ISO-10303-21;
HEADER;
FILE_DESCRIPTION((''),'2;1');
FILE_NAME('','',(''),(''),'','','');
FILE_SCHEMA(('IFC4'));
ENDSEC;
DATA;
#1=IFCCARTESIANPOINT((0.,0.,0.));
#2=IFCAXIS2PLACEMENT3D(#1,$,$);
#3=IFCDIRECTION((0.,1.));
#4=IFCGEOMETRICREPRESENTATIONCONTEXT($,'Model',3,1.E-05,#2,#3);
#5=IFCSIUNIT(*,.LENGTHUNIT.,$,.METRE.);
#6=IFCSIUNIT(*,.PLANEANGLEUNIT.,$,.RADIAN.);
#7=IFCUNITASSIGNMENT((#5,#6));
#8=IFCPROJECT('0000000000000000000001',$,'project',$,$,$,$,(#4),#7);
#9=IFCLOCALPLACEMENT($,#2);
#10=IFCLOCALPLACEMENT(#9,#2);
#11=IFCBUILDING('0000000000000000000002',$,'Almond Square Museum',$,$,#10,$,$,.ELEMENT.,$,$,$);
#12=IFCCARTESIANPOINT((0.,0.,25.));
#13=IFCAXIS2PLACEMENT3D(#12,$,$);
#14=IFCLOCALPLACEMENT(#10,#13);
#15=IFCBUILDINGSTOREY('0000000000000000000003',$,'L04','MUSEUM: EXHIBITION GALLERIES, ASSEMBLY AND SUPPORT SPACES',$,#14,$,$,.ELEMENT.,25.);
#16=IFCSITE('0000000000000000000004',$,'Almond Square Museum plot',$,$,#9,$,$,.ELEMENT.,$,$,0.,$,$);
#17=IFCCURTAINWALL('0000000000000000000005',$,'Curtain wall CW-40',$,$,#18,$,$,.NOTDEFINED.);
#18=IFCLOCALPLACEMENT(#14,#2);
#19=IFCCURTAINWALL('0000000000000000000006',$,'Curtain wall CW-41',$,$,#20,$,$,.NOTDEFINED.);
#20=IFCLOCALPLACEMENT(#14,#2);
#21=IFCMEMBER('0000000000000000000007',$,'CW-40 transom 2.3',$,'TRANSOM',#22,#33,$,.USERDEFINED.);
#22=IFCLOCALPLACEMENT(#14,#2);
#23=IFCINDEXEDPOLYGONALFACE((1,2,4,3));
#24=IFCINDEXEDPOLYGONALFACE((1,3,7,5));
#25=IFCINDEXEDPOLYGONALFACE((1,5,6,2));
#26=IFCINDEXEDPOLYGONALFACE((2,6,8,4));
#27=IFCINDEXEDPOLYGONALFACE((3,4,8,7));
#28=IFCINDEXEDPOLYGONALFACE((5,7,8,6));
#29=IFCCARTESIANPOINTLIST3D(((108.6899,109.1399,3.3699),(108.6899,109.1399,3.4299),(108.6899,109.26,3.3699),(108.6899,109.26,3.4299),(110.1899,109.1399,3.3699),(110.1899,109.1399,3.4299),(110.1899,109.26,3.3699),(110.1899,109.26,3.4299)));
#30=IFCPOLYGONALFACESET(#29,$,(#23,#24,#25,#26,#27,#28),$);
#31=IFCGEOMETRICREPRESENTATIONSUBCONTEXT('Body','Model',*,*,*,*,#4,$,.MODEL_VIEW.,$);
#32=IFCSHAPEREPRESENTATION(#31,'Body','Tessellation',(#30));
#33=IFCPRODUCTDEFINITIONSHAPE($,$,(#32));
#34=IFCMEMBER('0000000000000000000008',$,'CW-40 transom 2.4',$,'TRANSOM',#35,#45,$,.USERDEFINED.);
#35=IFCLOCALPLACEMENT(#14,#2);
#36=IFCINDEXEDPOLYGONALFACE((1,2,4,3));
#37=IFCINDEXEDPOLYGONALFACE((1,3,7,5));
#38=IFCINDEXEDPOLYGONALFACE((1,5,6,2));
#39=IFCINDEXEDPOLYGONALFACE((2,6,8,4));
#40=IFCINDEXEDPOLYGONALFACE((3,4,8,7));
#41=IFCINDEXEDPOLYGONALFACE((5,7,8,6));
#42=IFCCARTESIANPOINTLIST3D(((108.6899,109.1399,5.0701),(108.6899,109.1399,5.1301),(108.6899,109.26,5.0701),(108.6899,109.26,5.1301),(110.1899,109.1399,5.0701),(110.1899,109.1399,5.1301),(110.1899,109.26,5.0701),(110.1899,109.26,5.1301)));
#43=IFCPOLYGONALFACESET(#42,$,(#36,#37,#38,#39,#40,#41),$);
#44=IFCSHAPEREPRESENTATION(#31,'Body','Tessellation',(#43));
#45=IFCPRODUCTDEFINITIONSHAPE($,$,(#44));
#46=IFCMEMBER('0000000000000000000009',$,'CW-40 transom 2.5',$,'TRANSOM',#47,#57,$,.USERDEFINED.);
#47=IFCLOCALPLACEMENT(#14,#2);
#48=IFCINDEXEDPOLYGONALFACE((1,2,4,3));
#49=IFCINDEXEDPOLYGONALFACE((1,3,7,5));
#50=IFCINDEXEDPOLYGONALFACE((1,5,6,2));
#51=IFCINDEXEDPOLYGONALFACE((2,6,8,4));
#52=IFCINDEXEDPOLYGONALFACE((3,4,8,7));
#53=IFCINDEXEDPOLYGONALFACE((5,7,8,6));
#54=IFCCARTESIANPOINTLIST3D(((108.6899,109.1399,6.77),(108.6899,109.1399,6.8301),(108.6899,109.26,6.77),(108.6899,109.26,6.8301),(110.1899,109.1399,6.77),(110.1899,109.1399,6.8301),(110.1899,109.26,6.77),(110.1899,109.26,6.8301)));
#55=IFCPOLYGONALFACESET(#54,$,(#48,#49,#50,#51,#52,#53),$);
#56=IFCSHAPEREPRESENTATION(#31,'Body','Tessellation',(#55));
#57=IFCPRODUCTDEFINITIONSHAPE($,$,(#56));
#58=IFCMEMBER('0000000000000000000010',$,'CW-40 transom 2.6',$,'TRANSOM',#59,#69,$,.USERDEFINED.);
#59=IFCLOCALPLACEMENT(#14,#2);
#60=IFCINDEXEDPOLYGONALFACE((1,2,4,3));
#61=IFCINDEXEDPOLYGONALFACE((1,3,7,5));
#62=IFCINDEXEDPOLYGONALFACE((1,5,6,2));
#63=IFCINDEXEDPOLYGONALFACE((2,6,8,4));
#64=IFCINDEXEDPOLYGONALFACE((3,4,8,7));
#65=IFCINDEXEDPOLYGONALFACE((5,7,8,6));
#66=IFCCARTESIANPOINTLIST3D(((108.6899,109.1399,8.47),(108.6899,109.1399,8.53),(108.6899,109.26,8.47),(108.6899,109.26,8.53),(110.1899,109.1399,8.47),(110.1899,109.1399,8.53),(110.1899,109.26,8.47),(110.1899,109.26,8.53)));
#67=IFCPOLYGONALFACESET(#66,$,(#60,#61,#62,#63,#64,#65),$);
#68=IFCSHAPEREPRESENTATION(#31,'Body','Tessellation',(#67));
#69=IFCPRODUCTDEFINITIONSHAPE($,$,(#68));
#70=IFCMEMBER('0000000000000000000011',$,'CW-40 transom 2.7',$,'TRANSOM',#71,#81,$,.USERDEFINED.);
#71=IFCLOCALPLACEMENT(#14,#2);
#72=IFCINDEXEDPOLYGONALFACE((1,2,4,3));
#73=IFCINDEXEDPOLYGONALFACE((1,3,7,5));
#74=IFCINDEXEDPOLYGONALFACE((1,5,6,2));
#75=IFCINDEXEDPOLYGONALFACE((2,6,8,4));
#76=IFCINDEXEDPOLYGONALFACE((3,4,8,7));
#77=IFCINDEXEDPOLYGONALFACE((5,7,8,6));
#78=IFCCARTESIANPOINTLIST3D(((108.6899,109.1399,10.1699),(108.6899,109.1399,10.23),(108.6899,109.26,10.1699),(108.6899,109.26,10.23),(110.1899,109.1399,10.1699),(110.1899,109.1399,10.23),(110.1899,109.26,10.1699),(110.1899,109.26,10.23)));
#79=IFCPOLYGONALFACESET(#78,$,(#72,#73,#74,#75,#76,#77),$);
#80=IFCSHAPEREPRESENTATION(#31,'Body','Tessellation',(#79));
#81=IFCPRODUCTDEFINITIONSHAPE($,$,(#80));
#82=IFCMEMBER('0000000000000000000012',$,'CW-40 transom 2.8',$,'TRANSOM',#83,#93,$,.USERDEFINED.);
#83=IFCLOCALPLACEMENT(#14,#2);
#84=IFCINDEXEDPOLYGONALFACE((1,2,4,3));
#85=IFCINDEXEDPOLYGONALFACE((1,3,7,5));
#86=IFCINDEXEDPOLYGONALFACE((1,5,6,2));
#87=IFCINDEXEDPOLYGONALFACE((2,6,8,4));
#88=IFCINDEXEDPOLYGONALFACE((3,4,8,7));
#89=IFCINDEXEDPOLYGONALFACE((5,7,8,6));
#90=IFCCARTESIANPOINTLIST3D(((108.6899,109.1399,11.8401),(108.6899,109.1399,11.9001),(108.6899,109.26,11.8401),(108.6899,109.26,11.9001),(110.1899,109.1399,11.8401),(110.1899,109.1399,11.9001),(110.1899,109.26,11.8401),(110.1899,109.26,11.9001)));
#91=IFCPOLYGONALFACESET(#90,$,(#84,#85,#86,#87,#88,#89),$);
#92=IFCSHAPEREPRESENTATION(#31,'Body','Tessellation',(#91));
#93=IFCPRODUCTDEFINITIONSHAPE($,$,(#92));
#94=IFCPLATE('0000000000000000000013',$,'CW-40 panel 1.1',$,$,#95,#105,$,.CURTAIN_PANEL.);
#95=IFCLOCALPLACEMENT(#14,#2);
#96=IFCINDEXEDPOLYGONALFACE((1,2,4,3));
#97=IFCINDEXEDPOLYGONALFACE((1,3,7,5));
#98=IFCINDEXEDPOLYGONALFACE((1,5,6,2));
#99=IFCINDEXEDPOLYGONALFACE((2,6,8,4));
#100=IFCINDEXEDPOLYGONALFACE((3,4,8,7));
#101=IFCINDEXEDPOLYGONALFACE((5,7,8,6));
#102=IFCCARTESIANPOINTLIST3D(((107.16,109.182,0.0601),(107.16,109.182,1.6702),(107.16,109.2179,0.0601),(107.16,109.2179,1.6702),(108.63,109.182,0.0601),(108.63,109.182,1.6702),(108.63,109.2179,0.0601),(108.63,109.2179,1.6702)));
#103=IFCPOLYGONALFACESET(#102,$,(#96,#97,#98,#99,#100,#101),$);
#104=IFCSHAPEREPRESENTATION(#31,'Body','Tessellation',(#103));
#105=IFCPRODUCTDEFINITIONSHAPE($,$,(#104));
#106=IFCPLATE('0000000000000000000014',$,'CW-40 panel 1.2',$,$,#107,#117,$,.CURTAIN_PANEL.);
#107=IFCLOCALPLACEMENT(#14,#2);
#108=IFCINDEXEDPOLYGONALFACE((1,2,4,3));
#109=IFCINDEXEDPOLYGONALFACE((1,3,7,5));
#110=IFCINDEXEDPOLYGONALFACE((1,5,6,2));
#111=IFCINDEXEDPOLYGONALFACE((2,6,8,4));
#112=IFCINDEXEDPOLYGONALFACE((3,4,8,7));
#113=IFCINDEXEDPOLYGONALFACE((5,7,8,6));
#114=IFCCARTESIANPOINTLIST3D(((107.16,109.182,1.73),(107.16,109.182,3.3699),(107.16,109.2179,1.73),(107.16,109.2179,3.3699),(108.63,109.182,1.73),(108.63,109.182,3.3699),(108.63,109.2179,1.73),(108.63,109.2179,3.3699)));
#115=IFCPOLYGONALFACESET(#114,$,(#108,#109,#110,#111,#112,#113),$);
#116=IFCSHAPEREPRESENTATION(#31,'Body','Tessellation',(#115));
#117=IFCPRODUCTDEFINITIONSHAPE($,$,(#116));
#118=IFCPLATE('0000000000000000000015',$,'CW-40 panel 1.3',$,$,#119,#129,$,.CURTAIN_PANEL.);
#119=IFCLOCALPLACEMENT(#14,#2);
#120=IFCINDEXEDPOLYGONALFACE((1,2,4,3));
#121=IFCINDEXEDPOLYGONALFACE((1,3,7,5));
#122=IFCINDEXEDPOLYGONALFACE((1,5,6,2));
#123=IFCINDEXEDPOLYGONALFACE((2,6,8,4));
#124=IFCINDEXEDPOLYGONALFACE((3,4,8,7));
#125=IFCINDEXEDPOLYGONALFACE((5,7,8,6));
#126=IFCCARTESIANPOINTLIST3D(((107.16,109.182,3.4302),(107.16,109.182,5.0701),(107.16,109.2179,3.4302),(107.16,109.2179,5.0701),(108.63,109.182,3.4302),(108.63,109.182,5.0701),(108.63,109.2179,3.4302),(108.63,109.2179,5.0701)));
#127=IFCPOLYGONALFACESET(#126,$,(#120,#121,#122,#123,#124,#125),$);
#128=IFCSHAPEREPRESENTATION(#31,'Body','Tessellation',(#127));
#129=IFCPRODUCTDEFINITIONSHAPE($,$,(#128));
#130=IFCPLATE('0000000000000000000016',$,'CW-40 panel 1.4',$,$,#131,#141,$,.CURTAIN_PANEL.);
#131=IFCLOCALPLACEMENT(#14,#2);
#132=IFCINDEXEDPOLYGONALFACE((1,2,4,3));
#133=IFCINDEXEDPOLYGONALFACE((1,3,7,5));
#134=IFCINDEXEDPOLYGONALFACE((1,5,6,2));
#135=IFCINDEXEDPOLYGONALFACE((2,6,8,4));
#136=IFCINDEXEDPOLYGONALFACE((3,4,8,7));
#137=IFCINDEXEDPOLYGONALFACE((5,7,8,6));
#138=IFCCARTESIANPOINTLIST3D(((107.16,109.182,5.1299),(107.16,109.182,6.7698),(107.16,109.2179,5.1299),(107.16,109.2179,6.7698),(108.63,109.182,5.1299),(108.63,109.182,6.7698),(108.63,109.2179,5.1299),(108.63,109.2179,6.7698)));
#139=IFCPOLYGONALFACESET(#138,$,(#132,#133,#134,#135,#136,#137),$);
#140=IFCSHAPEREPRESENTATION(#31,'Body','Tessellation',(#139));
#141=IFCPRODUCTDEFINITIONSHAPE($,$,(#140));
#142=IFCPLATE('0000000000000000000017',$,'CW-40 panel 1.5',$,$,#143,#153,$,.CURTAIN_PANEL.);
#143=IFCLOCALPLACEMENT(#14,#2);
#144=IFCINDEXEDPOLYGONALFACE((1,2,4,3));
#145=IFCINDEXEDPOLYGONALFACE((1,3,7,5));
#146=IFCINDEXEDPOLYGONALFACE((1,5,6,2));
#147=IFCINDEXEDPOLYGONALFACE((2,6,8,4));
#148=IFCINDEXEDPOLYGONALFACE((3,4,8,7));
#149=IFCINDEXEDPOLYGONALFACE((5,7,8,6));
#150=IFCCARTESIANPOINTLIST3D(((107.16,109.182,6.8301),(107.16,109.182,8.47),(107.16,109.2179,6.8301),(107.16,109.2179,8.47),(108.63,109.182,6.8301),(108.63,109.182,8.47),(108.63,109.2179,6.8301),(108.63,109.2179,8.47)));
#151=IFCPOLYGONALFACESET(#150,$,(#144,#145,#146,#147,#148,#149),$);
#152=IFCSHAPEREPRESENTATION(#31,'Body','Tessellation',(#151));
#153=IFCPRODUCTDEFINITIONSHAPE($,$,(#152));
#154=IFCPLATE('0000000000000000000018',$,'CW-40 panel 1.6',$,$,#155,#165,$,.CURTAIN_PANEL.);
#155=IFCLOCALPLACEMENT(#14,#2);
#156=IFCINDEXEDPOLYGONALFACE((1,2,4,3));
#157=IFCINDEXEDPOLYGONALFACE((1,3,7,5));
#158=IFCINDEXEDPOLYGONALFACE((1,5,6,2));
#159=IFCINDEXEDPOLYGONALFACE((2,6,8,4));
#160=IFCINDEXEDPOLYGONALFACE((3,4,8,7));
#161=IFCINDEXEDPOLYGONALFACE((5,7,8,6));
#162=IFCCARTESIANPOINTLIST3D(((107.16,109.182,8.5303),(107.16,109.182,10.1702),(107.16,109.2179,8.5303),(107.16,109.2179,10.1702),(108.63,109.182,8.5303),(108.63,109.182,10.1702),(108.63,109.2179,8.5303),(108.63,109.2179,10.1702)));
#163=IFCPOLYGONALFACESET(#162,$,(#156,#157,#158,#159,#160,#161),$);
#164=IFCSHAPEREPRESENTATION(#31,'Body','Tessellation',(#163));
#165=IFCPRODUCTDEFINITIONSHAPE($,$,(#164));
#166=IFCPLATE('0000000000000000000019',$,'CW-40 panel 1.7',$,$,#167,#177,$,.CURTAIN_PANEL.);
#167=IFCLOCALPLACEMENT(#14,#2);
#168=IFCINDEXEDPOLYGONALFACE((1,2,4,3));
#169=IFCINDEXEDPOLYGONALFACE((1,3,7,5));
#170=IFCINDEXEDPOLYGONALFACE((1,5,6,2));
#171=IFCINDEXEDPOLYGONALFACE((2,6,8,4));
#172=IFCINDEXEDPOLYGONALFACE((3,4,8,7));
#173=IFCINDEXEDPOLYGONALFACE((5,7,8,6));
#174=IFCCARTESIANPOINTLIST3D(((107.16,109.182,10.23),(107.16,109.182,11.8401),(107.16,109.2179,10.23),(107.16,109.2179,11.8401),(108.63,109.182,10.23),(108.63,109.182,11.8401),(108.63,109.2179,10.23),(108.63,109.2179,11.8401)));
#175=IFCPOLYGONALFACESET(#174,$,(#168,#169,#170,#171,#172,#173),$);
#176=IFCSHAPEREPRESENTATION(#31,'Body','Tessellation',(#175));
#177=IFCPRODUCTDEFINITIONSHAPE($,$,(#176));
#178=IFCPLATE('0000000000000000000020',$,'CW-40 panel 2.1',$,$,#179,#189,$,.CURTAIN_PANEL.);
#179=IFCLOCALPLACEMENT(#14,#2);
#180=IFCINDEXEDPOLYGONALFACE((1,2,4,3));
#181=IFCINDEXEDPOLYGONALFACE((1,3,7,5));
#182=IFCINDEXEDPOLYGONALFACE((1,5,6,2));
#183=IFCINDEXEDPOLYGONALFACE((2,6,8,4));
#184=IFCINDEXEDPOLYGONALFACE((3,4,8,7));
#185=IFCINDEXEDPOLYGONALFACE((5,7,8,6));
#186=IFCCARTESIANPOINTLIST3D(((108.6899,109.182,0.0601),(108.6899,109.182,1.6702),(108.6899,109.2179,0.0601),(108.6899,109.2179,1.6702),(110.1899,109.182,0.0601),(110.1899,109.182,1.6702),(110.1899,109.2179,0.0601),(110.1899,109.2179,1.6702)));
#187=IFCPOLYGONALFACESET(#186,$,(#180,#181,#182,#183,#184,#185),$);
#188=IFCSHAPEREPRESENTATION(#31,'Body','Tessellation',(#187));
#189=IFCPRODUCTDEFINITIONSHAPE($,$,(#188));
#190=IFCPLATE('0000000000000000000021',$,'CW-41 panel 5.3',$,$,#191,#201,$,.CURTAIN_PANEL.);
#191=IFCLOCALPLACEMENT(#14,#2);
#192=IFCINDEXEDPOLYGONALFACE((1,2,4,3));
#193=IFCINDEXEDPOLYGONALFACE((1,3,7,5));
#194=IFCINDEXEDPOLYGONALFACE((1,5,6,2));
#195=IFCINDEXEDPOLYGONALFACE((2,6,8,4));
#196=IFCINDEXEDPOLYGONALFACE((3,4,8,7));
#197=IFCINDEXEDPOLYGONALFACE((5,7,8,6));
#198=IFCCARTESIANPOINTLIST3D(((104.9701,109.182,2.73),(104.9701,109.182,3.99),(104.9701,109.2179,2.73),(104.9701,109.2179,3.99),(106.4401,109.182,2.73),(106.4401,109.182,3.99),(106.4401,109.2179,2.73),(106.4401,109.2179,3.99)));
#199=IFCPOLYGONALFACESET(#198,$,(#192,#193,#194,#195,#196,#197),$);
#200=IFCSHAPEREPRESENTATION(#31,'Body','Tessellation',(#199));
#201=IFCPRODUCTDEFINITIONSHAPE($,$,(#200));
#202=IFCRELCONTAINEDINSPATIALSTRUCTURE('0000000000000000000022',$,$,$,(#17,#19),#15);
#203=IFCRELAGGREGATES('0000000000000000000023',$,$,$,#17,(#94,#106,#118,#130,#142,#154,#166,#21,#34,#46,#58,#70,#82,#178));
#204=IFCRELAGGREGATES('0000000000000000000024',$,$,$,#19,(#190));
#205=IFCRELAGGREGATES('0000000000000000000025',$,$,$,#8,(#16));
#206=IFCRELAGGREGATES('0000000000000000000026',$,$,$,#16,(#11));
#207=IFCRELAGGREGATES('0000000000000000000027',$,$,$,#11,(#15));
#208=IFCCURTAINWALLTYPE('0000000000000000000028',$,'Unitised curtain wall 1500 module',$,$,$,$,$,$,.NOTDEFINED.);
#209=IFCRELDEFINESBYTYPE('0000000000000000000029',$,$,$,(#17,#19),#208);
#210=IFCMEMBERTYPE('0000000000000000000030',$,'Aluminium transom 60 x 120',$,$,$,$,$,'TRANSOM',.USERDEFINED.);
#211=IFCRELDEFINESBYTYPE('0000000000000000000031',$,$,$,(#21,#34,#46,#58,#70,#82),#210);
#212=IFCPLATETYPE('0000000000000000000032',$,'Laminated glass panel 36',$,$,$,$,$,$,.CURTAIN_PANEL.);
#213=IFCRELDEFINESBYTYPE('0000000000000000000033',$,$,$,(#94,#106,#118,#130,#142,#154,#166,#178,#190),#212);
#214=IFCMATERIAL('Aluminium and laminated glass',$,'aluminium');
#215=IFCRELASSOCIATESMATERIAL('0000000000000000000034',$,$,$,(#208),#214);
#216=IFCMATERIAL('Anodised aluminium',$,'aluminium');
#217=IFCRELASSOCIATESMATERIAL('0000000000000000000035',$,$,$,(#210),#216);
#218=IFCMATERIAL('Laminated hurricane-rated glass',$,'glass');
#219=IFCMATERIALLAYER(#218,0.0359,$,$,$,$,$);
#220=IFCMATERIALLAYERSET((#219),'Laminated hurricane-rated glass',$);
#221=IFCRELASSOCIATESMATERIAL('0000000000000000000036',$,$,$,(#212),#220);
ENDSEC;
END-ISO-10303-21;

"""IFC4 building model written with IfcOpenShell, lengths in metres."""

from ifc_helpers import new_model, si_unit, direction, frame, origin, origin_2d, place, context, subcontext, project, spatial, rectangle, extrude, material, layer, layer_set, material_profile, profile_set, type_object, element, aggregate, save


model = new_model("IFC4")

# Units and contexts
model_context = context("Model", 3, precision=1e-05, world=origin(), true_north=direction((0.0, 1.0)))
body_context = subcontext(model_context, "Body", "Model", "MODEL_VIEW")
ifc_project = project(units=[si_unit("LENGTHUNIT", "METRE"), si_unit("PLANEANGLEUNIT", "RADIAN")], contexts=[model_context])

# Site, building, storey
site_placement = place(None, origin())
site = spatial("IfcSite", under=ifc_project, at=site_placement, Name="Almond Square Museum plot", CompositionType="ELEMENT", RefElevation=0.0)
building_placement = place(site_placement, origin())
building = spatial("IfcBuilding", under=site, at=building_placement, Name="Almond Square Museum", CompositionType="ELEMENT")
storey_placement = place(building_placement, frame((0.0, 0.0, 25.0)))
storey = spatial("IfcBuildingStorey", under=building, at=storey_placement, Name="L04", Description="MUSEUM: EXHIBITION GALLERIES, ASSEMBLY AND SUPPORT SPACES", CompositionType="ELEMENT", Elevation=25.0)

# Curtain wall
ifc_material_1 = material(Name="Aluminium and laminated glass", Category="aluminium")
curtain_wall_type = type_object("IfcCurtainWallType", Name="Unitised curtain wall 1500 module", PredefinedType="NOTDEFINED", material=ifc_material_1)
curtain_wall_1_placement = place(storey_placement, origin())
curtain_wall_1 = element("IfcCurtainWall", 1, at=curtain_wall_1_placement, inside=storey, type_object=curtain_wall_type, Name="Curtain wall CW-40", PredefinedType="NOTDEFINED")

# Curtain wall
curtain_wall_2_placement = place(storey_placement, origin())
curtain_wall_2 = element("IfcCurtainWall", 2, at=curtain_wall_2_placement, inside=storey, type_object=curtain_wall_type, Name="Curtain wall CW-41", PredefinedType="NOTDEFINED")

# Members
ifc_material_2 = material(Name="Anodised aluminium", Category="aluminium")
ifc_material_profile_1 = material_profile(ifc_material_2, rectangle(XDim=0.1201, YDim=0.0601, at=origin_2d()))
ifc_profile_set_1 = profile_set([ifc_material_profile_1], Name="Anodised aluminium")
member_type_1 = type_object("IfcMemberType", Name="Aluminium transom 60 x 120", ElementType="TRANSOM", PredefinedType="USERDEFINED", material=ifc_profile_set_1)
member_1_placement = place(storey_placement, frame((108.6899, 109.2, 3.3999), z_axis=(1.0, 0.0, 0.0), x_axis=(0.0, 1.0, 0.0)))
member_1 = element("IfcMember", 3, at=member_1_placement, type_object=member_type_1, Name="CW-40 transom 2.3", ObjectType="TRANSOM", PredefinedType="USERDEFINED", context=body_context, shape_type="SweptSolid", body=[
    extrude(rectangle(XDim=0.1201, YDim=0.0601, at=origin_2d()), origin(), (0.0, 0.0, 1.0), 1.5),
])
member_2_placement = place(storey_placement, frame((108.6899, 109.2, 5.1001), z_axis=(1.0, 0.0, 0.0), x_axis=(0.0, 1.0, 0.0)))
member_2 = element("IfcMember", 4, at=member_2_placement, type_object=member_type_1, Name="CW-40 transom 2.4", ObjectType="TRANSOM", PredefinedType="USERDEFINED", context=body_context, shape_type="SweptSolid", body=[
    extrude(rectangle(XDim=0.1201, YDim=0.0601, at=origin_2d()), origin(), (0.0, 0.0, 1.0), 1.5),
])
member_3_placement = place(storey_placement, frame((108.6899, 109.2, 6.8), z_axis=(1.0, 0.0, 0.0), x_axis=(0.0, 1.0, 0.0)))
member_3 = element("IfcMember", 5, at=member_3_placement, type_object=member_type_1, Name="CW-40 transom 2.5", ObjectType="TRANSOM", PredefinedType="USERDEFINED", context=body_context, shape_type="SweptSolid", body=[
    extrude(rectangle(XDim=0.1201, YDim=0.0601, at=origin_2d()), origin(), (0.0, 0.0, 1.0), 1.5),
])
member_4_placement = place(storey_placement, frame((108.6899, 109.2, 8.5), z_axis=(1.0, 0.0, 0.0), x_axis=(0.0, 1.0, 0.0)))
member_4 = element("IfcMember", 6, at=member_4_placement, type_object=member_type_1, Name="CW-40 transom 2.6", ObjectType="TRANSOM", PredefinedType="USERDEFINED", context=body_context, shape_type="SweptSolid", body=[
    extrude(rectangle(XDim=0.1201, YDim=0.0601, at=origin_2d()), origin(), (0.0, 0.0, 1.0), 1.5),
])
member_5_placement = place(storey_placement, frame((108.6899, 109.2, 10.2), z_axis=(1.0, 0.0, 0.0), x_axis=(0.0, 1.0, 0.0)))
member_5 = element("IfcMember", 7, at=member_5_placement, type_object=member_type_1, Name="CW-40 transom 2.7", ObjectType="TRANSOM", PredefinedType="USERDEFINED", context=body_context, shape_type="SweptSolid", body=[
    extrude(rectangle(XDim=0.1201, YDim=0.0601, at=origin_2d()), origin(), (0.0, 0.0, 1.0), 1.5),
])
member_6_placement = place(storey_placement, frame((108.6899, 109.2, 11.8701), z_axis=(1.0, 0.0, 0.0), x_axis=(0.0, 1.0, 0.0)))
member_6 = element("IfcMember", 8, at=member_6_placement, type_object=member_type_1, Name="CW-40 transom 2.8", ObjectType="TRANSOM", PredefinedType="USERDEFINED", context=body_context, shape_type="SweptSolid", body=[
    extrude(rectangle(XDim=0.1201, YDim=0.0601, at=origin_2d()), origin(), (0.0, 0.0, 1.0), 1.5),
])

# Plates
ifc_material_3 = material(Name="Laminated hurricane-rated glass", Category="glass")
ifc_layer_1 = layer(ifc_material_3, 0.0359)
ifc_layer_set_1 = layer_set([ifc_layer_1], Name="Laminated hurricane-rated glass")
plate_type = type_object("IfcPlateType", Name="Laminated glass panel 36", PredefinedType="CURTAIN_PANEL", material=ifc_layer_set_1)
plate_1_placement = place(storey_placement, frame((107.895, 109.2, 0.0601), z_axis=(0.0, 0.0, 1.0), x_axis=(1.0, 0.0, 0.0)))
plate_1 = element("IfcPlate", 9, at=plate_1_placement, type_object=plate_type, Name="CW-40 panel 1.1", PredefinedType="CURTAIN_PANEL", context=body_context, shape_type="SweptSolid", body=[
    extrude(rectangle(XDim=1.47, YDim=0.0359, at=origin_2d()), origin(), (0.0, 0.0, 1.0), 1.6101),
])
plate_2_placement = place(storey_placement, frame((107.895, 109.2, 1.73), z_axis=(0.0, 0.0, 1.0), x_axis=(1.0, 0.0, 0.0)))
plate_2 = element("IfcPlate", 10, at=plate_2_placement, type_object=plate_type, Name="CW-40 panel 1.2", PredefinedType="CURTAIN_PANEL", context=body_context, shape_type="SweptSolid", body=[
    extrude(rectangle(XDim=1.47, YDim=0.0359, at=origin_2d()), origin(), (0.0, 0.0, 1.0), 1.6399),
])
plate_3_placement = place(storey_placement, frame((107.895, 109.2, 3.4302), z_axis=(0.0, 0.0, 1.0), x_axis=(1.0, 0.0, 0.0)))
plate_3 = element("IfcPlate", 11, at=plate_3_placement, type_object=plate_type, Name="CW-40 panel 1.3", PredefinedType="CURTAIN_PANEL", context=body_context, shape_type="SweptSolid", body=[
    extrude(rectangle(XDim=1.47, YDim=0.0359, at=origin_2d()), origin(), (0.0, 0.0, 1.0), 1.6399),
])
plate_4_placement = place(storey_placement, frame((107.895, 109.2, 5.1299), z_axis=(0.0, 0.0, 1.0), x_axis=(1.0, 0.0, 0.0)))
plate_4 = element("IfcPlate", 12, at=plate_4_placement, type_object=plate_type, Name="CW-40 panel 1.4", PredefinedType="CURTAIN_PANEL", context=body_context, shape_type="SweptSolid", body=[
    extrude(rectangle(XDim=1.47, YDim=0.0359, at=origin_2d()), origin(), (0.0, 0.0, 1.0), 1.6399),
])
plate_5_placement = place(storey_placement, frame((107.895, 109.2, 6.8301), z_axis=(0.0, 0.0, 1.0), x_axis=(1.0, 0.0, 0.0)))
plate_5 = element("IfcPlate", 13, at=plate_5_placement, type_object=plate_type, Name="CW-40 panel 1.5", PredefinedType="CURTAIN_PANEL", context=body_context, shape_type="SweptSolid", body=[
    extrude(rectangle(XDim=1.47, YDim=0.0359, at=origin_2d()), origin(), (0.0, 0.0, 1.0), 1.6399),
])
plate_6_placement = place(storey_placement, frame((107.895, 109.2, 8.5303), z_axis=(0.0, 0.0, 1.0), x_axis=(1.0, 0.0, 0.0)))
plate_6 = element("IfcPlate", 14, at=plate_6_placement, type_object=plate_type, Name="CW-40 panel 1.6", PredefinedType="CURTAIN_PANEL", context=body_context, shape_type="SweptSolid", body=[
    extrude(rectangle(XDim=1.47, YDim=0.0359, at=origin_2d()), origin(), (0.0, 0.0, 1.0), 1.6399),
])
plate_7_placement = place(storey_placement, frame((107.895, 109.2, 10.23), z_axis=(0.0, 0.0, 1.0), x_axis=(1.0, 0.0, 0.0)))
plate_7 = element("IfcPlate", 15, at=plate_7_placement, type_object=plate_type, Name="CW-40 panel 1.7", PredefinedType="CURTAIN_PANEL", context=body_context, shape_type="SweptSolid", body=[
    extrude(rectangle(XDim=1.47, YDim=0.0359, at=origin_2d()), origin(), (0.0, 0.0, 1.0), 1.6101),
])
plate_8_placement = place(storey_placement, frame((109.4399, 109.2, 0.0601), z_axis=(0.0, 0.0, 1.0), x_axis=(1.0, 0.0, 0.0)))
plate_8 = element("IfcPlate", 16, at=plate_8_placement, type_object=plate_type, Name="CW-40 panel 2.1", PredefinedType="CURTAIN_PANEL", context=body_context, shape_type="SweptSolid", body=[
    extrude(rectangle(XDim=1.5, YDim=0.0359, at=origin_2d()), origin(), (0.0, 0.0, 1.0), 1.6101),
])
aggregate(curtain_wall_1, [plate_1, plate_2, plate_3, plate_4, plate_5, plate_6, plate_7, member_1, member_2, member_3, member_4, member_5, member_6, plate_8])
plate_9_placement = place(storey_placement, frame((105.7051, 109.2, 2.73), z_axis=(0.0, 0.0, 1.0), x_axis=(1.0, 0.0, 0.0)))
plate_9 = element("IfcPlate", 17, at=plate_9_placement, type_object=plate_type, Name="CW-41 panel 5.3", PredefinedType="CURTAIN_PANEL", context=body_context, shape_type="SweptSolid", body=[
    extrude(rectangle(XDim=1.47, YDim=0.0359, at=origin_2d()), origin(), (0.0, 0.0, 1.0), 1.26),
])
aggregate(curtain_wall_2, [plate_9])

save(model, "model.ifc")
